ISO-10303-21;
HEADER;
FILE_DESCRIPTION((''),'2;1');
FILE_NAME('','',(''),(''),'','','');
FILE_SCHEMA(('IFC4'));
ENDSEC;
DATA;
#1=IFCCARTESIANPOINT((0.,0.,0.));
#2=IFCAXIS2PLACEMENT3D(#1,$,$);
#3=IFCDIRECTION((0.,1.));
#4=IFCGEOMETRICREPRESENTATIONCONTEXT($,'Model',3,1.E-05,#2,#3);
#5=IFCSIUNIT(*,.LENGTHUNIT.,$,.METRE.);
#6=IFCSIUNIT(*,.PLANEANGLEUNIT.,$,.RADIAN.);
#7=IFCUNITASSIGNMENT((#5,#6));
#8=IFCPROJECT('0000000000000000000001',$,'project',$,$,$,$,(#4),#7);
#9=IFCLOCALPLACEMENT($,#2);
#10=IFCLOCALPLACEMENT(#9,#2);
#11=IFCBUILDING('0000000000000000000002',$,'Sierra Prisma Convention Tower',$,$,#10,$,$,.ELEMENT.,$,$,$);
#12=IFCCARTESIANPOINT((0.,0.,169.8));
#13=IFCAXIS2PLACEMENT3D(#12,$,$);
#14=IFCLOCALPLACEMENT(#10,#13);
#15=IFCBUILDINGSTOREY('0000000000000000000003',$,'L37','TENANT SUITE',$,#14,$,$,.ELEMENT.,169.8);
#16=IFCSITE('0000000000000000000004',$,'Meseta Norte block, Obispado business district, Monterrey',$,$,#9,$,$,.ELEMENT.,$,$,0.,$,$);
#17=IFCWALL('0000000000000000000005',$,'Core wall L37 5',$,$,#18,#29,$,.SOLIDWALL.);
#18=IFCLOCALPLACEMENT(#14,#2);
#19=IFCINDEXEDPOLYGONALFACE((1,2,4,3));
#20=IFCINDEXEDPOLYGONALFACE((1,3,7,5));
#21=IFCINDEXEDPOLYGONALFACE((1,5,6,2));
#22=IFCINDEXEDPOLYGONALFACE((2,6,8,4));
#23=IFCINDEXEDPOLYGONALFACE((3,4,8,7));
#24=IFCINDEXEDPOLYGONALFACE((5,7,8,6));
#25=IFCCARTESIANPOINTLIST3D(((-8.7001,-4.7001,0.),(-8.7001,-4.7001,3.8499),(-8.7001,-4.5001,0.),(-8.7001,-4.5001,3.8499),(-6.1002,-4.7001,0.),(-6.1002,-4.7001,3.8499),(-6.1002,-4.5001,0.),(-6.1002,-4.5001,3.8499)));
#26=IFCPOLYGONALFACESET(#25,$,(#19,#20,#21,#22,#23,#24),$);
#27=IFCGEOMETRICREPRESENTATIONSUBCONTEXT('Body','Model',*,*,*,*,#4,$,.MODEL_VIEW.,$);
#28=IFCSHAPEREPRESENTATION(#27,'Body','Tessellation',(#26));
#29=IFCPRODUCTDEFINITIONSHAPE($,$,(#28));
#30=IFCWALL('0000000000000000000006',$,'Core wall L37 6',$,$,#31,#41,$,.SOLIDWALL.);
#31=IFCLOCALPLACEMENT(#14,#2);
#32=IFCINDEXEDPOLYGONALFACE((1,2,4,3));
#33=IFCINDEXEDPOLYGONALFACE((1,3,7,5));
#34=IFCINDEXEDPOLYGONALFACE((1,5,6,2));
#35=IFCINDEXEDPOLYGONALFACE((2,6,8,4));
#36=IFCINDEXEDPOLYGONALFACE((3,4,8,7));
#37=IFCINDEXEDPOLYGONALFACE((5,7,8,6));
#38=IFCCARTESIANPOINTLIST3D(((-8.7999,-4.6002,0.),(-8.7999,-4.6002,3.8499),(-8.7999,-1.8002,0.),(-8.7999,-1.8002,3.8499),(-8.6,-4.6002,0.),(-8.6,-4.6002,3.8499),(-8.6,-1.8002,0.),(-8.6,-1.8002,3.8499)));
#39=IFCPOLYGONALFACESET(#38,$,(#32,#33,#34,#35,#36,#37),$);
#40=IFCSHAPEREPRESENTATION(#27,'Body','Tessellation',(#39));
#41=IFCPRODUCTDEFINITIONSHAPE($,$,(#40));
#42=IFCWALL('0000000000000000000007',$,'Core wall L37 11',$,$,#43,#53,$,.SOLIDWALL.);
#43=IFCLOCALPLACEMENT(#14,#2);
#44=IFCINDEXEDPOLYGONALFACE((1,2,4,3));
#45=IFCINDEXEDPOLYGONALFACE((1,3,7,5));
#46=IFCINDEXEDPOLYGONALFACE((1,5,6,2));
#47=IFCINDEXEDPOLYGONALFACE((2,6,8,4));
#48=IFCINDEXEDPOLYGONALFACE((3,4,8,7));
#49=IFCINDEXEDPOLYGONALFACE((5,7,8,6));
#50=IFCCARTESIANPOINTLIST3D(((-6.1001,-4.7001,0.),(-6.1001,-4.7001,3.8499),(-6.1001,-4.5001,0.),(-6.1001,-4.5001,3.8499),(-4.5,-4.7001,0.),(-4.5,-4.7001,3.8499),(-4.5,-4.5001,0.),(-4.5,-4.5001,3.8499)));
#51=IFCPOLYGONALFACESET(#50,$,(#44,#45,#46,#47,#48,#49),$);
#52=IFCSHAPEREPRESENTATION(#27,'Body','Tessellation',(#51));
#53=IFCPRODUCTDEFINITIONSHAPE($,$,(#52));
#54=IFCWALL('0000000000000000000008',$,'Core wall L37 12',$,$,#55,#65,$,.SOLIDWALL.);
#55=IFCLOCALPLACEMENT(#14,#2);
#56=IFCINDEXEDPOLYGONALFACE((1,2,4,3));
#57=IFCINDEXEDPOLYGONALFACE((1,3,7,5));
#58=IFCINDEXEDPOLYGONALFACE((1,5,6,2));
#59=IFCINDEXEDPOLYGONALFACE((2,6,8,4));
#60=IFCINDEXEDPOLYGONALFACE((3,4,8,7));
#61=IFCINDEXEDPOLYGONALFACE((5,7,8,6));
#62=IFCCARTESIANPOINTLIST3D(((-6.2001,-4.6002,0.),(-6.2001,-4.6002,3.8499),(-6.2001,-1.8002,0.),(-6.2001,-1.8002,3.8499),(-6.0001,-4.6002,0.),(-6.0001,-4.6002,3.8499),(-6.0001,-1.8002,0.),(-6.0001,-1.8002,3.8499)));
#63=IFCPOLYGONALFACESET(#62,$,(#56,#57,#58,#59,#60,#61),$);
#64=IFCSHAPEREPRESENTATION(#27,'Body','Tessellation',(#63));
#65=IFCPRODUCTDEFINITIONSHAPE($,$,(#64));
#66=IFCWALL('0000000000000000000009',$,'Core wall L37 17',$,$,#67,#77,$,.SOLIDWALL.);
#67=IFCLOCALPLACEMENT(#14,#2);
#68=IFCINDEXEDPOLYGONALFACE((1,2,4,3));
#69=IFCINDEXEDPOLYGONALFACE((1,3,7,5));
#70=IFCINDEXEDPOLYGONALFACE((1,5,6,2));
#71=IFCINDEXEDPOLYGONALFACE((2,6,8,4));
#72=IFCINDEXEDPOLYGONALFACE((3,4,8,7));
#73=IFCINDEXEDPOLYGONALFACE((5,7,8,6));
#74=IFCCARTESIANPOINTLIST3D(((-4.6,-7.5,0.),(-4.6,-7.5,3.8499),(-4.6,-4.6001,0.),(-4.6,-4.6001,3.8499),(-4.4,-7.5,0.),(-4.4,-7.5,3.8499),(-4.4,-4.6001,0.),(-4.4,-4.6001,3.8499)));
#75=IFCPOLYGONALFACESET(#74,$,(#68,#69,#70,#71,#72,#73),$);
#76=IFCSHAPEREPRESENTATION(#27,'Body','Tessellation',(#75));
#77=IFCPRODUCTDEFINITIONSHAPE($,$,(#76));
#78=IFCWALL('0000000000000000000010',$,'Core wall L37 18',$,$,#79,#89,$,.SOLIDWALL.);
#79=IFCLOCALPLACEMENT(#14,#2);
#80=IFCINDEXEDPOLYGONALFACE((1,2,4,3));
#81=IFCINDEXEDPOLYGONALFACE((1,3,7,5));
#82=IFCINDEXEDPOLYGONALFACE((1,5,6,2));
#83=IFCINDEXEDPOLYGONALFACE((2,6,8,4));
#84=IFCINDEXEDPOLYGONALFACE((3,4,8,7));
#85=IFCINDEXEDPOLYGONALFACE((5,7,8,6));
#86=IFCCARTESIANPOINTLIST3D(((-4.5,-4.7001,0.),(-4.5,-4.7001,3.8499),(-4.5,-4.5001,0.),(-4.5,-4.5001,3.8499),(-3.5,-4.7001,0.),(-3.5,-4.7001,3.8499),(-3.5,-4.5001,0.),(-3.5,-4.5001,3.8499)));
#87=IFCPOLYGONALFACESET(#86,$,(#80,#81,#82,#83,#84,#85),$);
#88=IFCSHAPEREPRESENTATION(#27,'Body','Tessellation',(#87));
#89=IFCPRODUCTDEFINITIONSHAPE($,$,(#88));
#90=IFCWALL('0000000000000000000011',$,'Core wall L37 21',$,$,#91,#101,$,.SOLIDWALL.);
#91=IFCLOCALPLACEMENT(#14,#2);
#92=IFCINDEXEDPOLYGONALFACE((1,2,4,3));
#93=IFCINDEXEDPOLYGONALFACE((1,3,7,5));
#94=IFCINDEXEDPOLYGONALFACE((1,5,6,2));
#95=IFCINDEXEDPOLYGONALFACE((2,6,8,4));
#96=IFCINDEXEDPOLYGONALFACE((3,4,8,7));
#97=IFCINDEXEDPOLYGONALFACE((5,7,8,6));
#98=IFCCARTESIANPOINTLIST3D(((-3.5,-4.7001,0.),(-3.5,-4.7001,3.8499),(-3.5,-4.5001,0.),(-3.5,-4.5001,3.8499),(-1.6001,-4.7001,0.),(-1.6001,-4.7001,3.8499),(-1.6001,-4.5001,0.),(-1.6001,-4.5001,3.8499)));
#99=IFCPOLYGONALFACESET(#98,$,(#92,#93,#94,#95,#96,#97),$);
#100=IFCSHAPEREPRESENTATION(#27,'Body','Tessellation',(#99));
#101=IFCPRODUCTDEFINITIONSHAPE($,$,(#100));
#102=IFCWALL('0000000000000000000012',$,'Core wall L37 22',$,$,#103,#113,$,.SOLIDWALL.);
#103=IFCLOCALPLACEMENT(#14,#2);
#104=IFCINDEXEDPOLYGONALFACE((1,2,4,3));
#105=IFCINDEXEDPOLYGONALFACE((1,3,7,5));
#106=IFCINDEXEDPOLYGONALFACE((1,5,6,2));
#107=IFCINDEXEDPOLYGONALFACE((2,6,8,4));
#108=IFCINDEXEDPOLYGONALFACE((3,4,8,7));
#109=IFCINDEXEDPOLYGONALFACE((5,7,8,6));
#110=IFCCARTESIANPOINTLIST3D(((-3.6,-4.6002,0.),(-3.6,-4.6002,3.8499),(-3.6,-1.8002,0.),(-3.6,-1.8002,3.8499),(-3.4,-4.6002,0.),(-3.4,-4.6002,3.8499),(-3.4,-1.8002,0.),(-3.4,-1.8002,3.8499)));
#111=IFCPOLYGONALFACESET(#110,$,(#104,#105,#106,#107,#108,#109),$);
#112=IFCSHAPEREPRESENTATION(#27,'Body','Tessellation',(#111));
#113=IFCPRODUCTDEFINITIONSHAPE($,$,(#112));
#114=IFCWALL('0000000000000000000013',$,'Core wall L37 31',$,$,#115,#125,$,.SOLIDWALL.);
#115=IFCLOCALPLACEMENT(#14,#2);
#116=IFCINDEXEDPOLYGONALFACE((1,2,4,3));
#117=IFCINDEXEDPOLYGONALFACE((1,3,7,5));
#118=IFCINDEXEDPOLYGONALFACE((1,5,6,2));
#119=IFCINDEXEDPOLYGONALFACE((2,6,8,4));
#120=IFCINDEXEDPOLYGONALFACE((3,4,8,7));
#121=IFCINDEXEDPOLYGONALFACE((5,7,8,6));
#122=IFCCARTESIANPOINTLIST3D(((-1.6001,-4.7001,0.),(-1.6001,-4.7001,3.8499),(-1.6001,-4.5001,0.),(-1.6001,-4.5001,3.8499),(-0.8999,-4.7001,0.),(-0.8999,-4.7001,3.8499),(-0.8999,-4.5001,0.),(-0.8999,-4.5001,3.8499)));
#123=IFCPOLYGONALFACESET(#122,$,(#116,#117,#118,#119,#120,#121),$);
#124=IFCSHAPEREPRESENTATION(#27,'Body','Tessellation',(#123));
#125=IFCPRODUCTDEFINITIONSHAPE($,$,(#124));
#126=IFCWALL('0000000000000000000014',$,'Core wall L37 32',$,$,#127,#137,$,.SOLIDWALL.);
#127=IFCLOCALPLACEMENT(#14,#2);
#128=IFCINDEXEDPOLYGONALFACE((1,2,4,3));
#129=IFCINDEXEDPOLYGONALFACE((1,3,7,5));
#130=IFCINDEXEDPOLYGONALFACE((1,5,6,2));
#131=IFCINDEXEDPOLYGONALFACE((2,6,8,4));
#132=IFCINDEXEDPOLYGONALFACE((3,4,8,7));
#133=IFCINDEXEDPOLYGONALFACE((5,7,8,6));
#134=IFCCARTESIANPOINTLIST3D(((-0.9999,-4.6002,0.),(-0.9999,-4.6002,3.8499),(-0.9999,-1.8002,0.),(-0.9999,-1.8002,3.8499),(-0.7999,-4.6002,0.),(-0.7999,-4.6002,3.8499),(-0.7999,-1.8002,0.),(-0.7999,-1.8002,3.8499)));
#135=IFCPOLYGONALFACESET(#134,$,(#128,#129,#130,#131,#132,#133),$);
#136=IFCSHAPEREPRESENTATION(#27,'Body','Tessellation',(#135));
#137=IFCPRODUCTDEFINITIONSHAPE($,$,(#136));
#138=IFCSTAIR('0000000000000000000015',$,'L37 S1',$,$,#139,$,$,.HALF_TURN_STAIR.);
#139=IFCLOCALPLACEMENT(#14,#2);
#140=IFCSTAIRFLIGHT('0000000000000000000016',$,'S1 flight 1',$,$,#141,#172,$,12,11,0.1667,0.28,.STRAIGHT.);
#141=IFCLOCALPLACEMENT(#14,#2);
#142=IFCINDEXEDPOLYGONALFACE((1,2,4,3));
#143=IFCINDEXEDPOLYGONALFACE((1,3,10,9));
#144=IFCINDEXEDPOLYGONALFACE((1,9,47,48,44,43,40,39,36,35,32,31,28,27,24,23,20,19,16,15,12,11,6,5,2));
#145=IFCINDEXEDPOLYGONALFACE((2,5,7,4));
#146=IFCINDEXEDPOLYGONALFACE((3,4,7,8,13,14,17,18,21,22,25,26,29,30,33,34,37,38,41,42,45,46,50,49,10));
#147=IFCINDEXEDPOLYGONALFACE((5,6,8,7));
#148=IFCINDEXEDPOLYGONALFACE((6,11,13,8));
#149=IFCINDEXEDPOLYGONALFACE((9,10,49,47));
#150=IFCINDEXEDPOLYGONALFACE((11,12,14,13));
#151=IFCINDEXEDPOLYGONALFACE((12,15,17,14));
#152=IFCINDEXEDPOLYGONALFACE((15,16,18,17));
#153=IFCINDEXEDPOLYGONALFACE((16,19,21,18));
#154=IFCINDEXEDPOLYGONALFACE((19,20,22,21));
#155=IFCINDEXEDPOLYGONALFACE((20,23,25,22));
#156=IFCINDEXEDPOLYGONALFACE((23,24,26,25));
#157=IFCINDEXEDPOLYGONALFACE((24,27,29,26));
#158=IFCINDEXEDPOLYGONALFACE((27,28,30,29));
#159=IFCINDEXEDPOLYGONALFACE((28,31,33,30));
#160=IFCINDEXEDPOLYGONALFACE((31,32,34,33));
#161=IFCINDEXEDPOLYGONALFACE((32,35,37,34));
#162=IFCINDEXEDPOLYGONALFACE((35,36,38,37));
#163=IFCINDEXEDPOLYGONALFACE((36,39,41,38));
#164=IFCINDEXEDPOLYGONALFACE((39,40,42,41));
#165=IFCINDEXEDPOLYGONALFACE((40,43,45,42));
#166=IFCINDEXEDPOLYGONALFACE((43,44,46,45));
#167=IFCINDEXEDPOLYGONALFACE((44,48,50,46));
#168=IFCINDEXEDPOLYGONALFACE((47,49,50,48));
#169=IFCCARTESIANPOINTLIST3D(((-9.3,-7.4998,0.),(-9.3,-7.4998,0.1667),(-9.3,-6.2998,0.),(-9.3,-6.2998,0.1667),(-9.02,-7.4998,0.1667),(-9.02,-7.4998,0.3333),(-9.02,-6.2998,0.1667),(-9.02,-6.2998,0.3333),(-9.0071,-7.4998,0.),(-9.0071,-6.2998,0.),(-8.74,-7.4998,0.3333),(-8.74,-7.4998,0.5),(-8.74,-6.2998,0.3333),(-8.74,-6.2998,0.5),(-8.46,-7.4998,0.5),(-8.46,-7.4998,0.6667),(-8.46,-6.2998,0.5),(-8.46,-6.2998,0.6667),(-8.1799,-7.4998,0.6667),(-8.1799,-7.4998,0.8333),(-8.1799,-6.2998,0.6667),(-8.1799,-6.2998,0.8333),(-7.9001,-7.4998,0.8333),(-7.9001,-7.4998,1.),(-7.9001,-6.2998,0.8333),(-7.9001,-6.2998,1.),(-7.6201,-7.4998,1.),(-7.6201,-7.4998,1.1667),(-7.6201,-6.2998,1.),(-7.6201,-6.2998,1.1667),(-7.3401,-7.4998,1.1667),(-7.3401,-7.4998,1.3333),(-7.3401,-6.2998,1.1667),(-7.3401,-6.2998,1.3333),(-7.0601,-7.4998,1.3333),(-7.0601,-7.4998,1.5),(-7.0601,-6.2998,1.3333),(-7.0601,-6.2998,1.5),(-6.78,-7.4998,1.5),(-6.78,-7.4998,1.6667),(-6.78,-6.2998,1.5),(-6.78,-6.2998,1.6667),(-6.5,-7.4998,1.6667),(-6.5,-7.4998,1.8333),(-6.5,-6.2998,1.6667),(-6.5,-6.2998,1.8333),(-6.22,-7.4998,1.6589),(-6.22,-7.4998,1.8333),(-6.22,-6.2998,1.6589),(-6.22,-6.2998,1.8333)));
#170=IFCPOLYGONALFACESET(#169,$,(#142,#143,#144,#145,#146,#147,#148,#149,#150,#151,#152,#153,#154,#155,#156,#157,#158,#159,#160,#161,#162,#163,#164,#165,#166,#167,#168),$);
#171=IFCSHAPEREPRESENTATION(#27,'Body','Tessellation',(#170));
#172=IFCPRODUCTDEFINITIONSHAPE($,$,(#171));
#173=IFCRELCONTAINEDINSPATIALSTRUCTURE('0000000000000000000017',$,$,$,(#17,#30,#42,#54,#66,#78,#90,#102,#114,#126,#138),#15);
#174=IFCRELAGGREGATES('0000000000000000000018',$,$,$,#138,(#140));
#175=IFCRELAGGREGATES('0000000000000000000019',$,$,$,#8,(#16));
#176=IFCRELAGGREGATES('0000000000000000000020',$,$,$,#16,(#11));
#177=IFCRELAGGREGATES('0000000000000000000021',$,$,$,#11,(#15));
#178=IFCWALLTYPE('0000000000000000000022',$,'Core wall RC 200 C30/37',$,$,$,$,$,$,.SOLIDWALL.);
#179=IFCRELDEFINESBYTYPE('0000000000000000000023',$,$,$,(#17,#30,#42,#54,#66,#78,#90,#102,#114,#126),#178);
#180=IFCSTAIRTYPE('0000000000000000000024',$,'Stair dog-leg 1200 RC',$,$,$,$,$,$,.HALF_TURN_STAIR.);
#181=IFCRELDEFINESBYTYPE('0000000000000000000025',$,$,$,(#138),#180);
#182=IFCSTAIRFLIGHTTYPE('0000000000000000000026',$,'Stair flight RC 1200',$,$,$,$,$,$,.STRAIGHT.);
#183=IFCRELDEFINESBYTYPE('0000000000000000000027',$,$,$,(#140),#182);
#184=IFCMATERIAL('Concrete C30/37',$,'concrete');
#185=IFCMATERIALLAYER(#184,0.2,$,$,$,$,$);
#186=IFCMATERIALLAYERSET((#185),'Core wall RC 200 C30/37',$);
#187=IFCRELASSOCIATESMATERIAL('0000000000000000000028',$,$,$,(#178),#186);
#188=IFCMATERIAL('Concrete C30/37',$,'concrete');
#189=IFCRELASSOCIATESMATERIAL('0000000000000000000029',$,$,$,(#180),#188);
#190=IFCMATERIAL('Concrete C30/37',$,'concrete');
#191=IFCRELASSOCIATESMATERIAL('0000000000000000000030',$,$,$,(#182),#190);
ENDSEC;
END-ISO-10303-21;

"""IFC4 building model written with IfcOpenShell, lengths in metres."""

from ifc_helpers import new_model, si_unit, direction, frame, frame_2d, origin, place, context, subcontext, project, spatial, polyline, rectangle, outline, extrude, material, layer, layer_set, type_object, element, aggregate, save


model = new_model("IFC4")

# Units and contexts
model_context = context("Model", 3, precision=1e-05, world=origin(), true_north=direction((0.0, 1.0)))
body_context = subcontext(model_context, "Body", "Model", "MODEL_VIEW")
ifc_project = project(units=[si_unit("LENGTHUNIT", "METRE"), si_unit("PLANEANGLEUNIT", "RADIAN")], contexts=[model_context])

# Site, building, storey
site_placement = place(None, origin())
site = spatial("IfcSite", under=ifc_project, at=site_placement, Name="Meseta Norte block, Obispado business district, Monterrey", CompositionType="ELEMENT", RefElevation=0.0)
building_placement = place(site_placement, origin())
building = spatial("IfcBuilding", under=site, at=building_placement, Name="Sierra Prisma Convention Tower", CompositionType="ELEMENT")
storey_placement = place(building_placement, frame((0.0, 0.0, 169.8)))
storey = spatial("IfcBuildingStorey", under=building, at=storey_placement, Name="L37", Description="TENANT SUITE", CompositionType="ELEMENT", Elevation=169.8)

# Shared definitions
ifc_material_1 = material(Name="Concrete C30/37", Category="concrete")
ifc_layer = layer(ifc_material_1, 0.2)
ifc_layer_set = layer_set([ifc_layer], Name="Core wall RC 200 C30/37")
wall_type = type_object("IfcWallType", Name="Core wall RC 200 C30/37", PredefinedType="SOLIDWALL", material=ifc_layer_set)

# Walls
wall_1_placement = place(storey_placement, frame((-8.7, -4.6001, 0.0), z_axis=(0.0, 0.0, 1.0), x_axis=(1.0, 0.0, 0.0)))
element("IfcWall", 1, at=wall_1_placement, inside=storey, type_object=wall_type, Name="Core wall L37 5", PredefinedType="SOLIDWALL", context=body_context, shape_type="SweptSolid", body=[
    extrude(rectangle(XDim=2.5999, YDim=0.2, at=frame_2d((1.2998, 0.0))), origin(), (0.0, 0.0, 1.0), 3.8499),
])
wall_2_placement = place(storey_placement, frame((-8.7, -4.6001, 0.0), z_axis=(0.0, 0.0, 1.0), x_axis=(0.0, 1.0, 0.0)))
element("IfcWall", 2, at=wall_2_placement, inside=storey, type_object=wall_type, Name="Core wall L37 6", PredefinedType="SOLIDWALL", context=body_context, shape_type="SweptSolid", body=[
    extrude(rectangle(XDim=2.8, YDim=0.2, at=frame_2d((1.3999, 0.0))), origin(), (0.0, 0.0, 1.0), 3.8499),
])
wall_3_placement = place(storey_placement, frame((-6.1001, -4.6001, 0.0), z_axis=(0.0, 0.0, 1.0), x_axis=(1.0, 0.0, 0.0)))
element("IfcWall", 3, at=wall_3_placement, inside=storey, type_object=wall_type, Name="Core wall L37 11", PredefinedType="SOLIDWALL", context=body_context, shape_type="SweptSolid", body=[
    extrude(rectangle(XDim=1.6001, YDim=0.2, at=frame_2d((0.8, 0.0))), origin(), (0.0, 0.0, 1.0), 3.8499),
])
wall_4_placement = place(storey_placement, frame((-6.1001, -4.6001, 0.0), z_axis=(0.0, 0.0, 1.0), x_axis=(0.0, 1.0, 0.0)))
element("IfcWall", 4, at=wall_4_placement, inside=storey, type_object=wall_type, Name="Core wall L37 12", PredefinedType="SOLIDWALL", context=body_context, shape_type="SweptSolid", body=[
    extrude(rectangle(XDim=2.8, YDim=0.2, at=frame_2d((1.3999, 0.0))), origin(), (0.0, 0.0, 1.0), 3.8499),
])
wall_5_placement = place(storey_placement, frame((-4.5, -4.6001, 0.0), z_axis=(0.0, 0.0, 1.0), x_axis=(0.0, -1.0, 0.0)))
element("IfcWall", 5, at=wall_5_placement, inside=storey, type_object=wall_type, Name="Core wall L37 17", PredefinedType="SOLIDWALL", context=body_context, shape_type="SweptSolid", body=[
    extrude(rectangle(XDim=2.8999, YDim=0.2, at=frame_2d((1.45, 0.0))), origin(), (0.0, 0.0, 1.0), 3.8499),
])
wall_6_placement = place(storey_placement, frame((-4.5, -4.6001, 0.0), z_axis=(0.0, 0.0, 1.0), x_axis=(1.0, 0.0, 0.0)))
element("IfcWall", 6, at=wall_6_placement, inside=storey, type_object=wall_type, Name="Core wall L37 18", PredefinedType="SOLIDWALL", context=body_context, shape_type="SweptSolid", body=[
    extrude(rectangle(XDim=1.0, YDim=0.2, at=frame_2d((0.5, 0.0))), origin(), (0.0, 0.0, 1.0), 3.8499),
])
wall_7_placement = place(storey_placement, frame((-3.5, -4.6001, 0.0), z_axis=(0.0, 0.0, 1.0), x_axis=(1.0, 0.0, 0.0)))
element("IfcWall", 7, at=wall_7_placement, inside=storey, type_object=wall_type, Name="Core wall L37 21", PredefinedType="SOLIDWALL", context=body_context, shape_type="SweptSolid", body=[
    extrude(rectangle(XDim=1.8999, YDim=0.2, at=frame_2d((0.95, 0.0))), origin(), (0.0, 0.0, 1.0), 3.8499),
])
wall_8_placement = place(storey_placement, frame((-3.5, -4.6001, 0.0), z_axis=(0.0, 0.0, 1.0), x_axis=(0.0, 1.0, 0.0)))
element("IfcWall", 8, at=wall_8_placement, inside=storey, type_object=wall_type, Name="Core wall L37 22", PredefinedType="SOLIDWALL", context=body_context, shape_type="SweptSolid", body=[
    extrude(rectangle(XDim=2.8, YDim=0.2, at=frame_2d((1.3999, 0.0))), origin(), (0.0, 0.0, 1.0), 3.8499),
])

# Walls
wall_9_placement = place(storey_placement, frame((-1.6001, -4.6001, 0.0), z_axis=(0.0, 0.0, 1.0), x_axis=(1.0, 0.0, 0.0)))
element("IfcWall", 9, at=wall_9_placement, inside=storey, type_object=wall_type, Name="Core wall L37 31", PredefinedType="SOLIDWALL", context=body_context, shape_type="SweptSolid", body=[
    extrude(rectangle(XDim=0.7002, YDim=0.2, at=frame_2d((0.3501, 0.0))), origin(), (0.0, 0.0, 1.0), 3.8499),
])
wall_10_placement = place(storey_placement, frame((-0.8999, -4.6001, 0.0), z_axis=(0.0, 0.0, 1.0), x_axis=(0.0, 1.0, 0.0)))
element("IfcWall", 10, at=wall_10_placement, inside=storey, type_object=wall_type, Name="Core wall L37 32", PredefinedType="SOLIDWALL", context=body_context, shape_type="SweptSolid", body=[
    extrude(rectangle(XDim=2.8, YDim=0.2, at=frame_2d((1.3999, 0.0))), origin(), (0.0, 0.0, 1.0), 3.8499),
])

# Stair, stair flight
ifc_material_2 = material(Name="Concrete C30/37", Category="concrete")
stair_type = type_object("IfcStairType", Name="Stair dog-leg 1200 RC", PredefinedType="HALF_TURN_STAIR", material=ifc_material_2)
stair_placement = place(storey_placement, origin())
stair = element("IfcStair", 11, at=stair_placement, inside=storey, type_object=stair_type, Name="L37 S1", PredefinedType="HALF_TURN_STAIR")
ifc_material_3 = material(Name="Concrete C30/37", Category="concrete")
stair_flight_type = type_object("IfcStairFlightType", Name="Stair flight RC 1200", PredefinedType="STRAIGHT", material=ifc_material_3)
stair_flight_1_placement = place(storey_placement, frame((-9.3, -6.8999, 0.0), z_axis=(0.0, 0.0, 1.0), x_axis=(1.0, 0.0, 0.0)))
stair_flight_1 = element("IfcStairFlight", 12, at=stair_flight_1_placement, type_object=stair_flight_type, Name="S1 flight 1", NumberOfRisers=12, NumberOfTreads=11, PredefinedType="STRAIGHT", RiserHeight=0.1667, TreadLength=0.28, context=body_context, shape_type="SweptSolid", body=[
    extrude(outline(polyline([(0.0, 0.0), (0.0, 0.1667), (0.28, 0.1667), (0.28, 0.3333), (0.5601, 0.3333), (0.5601, 0.5), (0.8401, 0.5), (0.8401, 0.6667), (1.1201, 0.6667), (1.1201, 0.8333), (1.3999, 0.8333), (1.3999, 1.0), (1.6799, 1.0), (1.6799, 1.1667), (1.96, 1.1667), (1.96, 1.3333), (2.24, 1.3333), (2.24, 1.5), (2.52, 1.5), (2.52, 1.6667), (2.8, 1.6667), (2.8, 1.8333), (3.0801, 1.8333), (3.0801, 2.0), (3.0801, 1.6589), (0.293, 0.0), (0.0, 0.0)])), frame((0.0, 0.6001, 0.0), z_axis=(0.0, -1.0, 0.0), x_axis=(1.0, 0.0, 0.0)), (0.0, 0.0, 1.0), 1.2),
])
aggregate(stair, [stair_flight_1])

save(model, "model.ifc")
